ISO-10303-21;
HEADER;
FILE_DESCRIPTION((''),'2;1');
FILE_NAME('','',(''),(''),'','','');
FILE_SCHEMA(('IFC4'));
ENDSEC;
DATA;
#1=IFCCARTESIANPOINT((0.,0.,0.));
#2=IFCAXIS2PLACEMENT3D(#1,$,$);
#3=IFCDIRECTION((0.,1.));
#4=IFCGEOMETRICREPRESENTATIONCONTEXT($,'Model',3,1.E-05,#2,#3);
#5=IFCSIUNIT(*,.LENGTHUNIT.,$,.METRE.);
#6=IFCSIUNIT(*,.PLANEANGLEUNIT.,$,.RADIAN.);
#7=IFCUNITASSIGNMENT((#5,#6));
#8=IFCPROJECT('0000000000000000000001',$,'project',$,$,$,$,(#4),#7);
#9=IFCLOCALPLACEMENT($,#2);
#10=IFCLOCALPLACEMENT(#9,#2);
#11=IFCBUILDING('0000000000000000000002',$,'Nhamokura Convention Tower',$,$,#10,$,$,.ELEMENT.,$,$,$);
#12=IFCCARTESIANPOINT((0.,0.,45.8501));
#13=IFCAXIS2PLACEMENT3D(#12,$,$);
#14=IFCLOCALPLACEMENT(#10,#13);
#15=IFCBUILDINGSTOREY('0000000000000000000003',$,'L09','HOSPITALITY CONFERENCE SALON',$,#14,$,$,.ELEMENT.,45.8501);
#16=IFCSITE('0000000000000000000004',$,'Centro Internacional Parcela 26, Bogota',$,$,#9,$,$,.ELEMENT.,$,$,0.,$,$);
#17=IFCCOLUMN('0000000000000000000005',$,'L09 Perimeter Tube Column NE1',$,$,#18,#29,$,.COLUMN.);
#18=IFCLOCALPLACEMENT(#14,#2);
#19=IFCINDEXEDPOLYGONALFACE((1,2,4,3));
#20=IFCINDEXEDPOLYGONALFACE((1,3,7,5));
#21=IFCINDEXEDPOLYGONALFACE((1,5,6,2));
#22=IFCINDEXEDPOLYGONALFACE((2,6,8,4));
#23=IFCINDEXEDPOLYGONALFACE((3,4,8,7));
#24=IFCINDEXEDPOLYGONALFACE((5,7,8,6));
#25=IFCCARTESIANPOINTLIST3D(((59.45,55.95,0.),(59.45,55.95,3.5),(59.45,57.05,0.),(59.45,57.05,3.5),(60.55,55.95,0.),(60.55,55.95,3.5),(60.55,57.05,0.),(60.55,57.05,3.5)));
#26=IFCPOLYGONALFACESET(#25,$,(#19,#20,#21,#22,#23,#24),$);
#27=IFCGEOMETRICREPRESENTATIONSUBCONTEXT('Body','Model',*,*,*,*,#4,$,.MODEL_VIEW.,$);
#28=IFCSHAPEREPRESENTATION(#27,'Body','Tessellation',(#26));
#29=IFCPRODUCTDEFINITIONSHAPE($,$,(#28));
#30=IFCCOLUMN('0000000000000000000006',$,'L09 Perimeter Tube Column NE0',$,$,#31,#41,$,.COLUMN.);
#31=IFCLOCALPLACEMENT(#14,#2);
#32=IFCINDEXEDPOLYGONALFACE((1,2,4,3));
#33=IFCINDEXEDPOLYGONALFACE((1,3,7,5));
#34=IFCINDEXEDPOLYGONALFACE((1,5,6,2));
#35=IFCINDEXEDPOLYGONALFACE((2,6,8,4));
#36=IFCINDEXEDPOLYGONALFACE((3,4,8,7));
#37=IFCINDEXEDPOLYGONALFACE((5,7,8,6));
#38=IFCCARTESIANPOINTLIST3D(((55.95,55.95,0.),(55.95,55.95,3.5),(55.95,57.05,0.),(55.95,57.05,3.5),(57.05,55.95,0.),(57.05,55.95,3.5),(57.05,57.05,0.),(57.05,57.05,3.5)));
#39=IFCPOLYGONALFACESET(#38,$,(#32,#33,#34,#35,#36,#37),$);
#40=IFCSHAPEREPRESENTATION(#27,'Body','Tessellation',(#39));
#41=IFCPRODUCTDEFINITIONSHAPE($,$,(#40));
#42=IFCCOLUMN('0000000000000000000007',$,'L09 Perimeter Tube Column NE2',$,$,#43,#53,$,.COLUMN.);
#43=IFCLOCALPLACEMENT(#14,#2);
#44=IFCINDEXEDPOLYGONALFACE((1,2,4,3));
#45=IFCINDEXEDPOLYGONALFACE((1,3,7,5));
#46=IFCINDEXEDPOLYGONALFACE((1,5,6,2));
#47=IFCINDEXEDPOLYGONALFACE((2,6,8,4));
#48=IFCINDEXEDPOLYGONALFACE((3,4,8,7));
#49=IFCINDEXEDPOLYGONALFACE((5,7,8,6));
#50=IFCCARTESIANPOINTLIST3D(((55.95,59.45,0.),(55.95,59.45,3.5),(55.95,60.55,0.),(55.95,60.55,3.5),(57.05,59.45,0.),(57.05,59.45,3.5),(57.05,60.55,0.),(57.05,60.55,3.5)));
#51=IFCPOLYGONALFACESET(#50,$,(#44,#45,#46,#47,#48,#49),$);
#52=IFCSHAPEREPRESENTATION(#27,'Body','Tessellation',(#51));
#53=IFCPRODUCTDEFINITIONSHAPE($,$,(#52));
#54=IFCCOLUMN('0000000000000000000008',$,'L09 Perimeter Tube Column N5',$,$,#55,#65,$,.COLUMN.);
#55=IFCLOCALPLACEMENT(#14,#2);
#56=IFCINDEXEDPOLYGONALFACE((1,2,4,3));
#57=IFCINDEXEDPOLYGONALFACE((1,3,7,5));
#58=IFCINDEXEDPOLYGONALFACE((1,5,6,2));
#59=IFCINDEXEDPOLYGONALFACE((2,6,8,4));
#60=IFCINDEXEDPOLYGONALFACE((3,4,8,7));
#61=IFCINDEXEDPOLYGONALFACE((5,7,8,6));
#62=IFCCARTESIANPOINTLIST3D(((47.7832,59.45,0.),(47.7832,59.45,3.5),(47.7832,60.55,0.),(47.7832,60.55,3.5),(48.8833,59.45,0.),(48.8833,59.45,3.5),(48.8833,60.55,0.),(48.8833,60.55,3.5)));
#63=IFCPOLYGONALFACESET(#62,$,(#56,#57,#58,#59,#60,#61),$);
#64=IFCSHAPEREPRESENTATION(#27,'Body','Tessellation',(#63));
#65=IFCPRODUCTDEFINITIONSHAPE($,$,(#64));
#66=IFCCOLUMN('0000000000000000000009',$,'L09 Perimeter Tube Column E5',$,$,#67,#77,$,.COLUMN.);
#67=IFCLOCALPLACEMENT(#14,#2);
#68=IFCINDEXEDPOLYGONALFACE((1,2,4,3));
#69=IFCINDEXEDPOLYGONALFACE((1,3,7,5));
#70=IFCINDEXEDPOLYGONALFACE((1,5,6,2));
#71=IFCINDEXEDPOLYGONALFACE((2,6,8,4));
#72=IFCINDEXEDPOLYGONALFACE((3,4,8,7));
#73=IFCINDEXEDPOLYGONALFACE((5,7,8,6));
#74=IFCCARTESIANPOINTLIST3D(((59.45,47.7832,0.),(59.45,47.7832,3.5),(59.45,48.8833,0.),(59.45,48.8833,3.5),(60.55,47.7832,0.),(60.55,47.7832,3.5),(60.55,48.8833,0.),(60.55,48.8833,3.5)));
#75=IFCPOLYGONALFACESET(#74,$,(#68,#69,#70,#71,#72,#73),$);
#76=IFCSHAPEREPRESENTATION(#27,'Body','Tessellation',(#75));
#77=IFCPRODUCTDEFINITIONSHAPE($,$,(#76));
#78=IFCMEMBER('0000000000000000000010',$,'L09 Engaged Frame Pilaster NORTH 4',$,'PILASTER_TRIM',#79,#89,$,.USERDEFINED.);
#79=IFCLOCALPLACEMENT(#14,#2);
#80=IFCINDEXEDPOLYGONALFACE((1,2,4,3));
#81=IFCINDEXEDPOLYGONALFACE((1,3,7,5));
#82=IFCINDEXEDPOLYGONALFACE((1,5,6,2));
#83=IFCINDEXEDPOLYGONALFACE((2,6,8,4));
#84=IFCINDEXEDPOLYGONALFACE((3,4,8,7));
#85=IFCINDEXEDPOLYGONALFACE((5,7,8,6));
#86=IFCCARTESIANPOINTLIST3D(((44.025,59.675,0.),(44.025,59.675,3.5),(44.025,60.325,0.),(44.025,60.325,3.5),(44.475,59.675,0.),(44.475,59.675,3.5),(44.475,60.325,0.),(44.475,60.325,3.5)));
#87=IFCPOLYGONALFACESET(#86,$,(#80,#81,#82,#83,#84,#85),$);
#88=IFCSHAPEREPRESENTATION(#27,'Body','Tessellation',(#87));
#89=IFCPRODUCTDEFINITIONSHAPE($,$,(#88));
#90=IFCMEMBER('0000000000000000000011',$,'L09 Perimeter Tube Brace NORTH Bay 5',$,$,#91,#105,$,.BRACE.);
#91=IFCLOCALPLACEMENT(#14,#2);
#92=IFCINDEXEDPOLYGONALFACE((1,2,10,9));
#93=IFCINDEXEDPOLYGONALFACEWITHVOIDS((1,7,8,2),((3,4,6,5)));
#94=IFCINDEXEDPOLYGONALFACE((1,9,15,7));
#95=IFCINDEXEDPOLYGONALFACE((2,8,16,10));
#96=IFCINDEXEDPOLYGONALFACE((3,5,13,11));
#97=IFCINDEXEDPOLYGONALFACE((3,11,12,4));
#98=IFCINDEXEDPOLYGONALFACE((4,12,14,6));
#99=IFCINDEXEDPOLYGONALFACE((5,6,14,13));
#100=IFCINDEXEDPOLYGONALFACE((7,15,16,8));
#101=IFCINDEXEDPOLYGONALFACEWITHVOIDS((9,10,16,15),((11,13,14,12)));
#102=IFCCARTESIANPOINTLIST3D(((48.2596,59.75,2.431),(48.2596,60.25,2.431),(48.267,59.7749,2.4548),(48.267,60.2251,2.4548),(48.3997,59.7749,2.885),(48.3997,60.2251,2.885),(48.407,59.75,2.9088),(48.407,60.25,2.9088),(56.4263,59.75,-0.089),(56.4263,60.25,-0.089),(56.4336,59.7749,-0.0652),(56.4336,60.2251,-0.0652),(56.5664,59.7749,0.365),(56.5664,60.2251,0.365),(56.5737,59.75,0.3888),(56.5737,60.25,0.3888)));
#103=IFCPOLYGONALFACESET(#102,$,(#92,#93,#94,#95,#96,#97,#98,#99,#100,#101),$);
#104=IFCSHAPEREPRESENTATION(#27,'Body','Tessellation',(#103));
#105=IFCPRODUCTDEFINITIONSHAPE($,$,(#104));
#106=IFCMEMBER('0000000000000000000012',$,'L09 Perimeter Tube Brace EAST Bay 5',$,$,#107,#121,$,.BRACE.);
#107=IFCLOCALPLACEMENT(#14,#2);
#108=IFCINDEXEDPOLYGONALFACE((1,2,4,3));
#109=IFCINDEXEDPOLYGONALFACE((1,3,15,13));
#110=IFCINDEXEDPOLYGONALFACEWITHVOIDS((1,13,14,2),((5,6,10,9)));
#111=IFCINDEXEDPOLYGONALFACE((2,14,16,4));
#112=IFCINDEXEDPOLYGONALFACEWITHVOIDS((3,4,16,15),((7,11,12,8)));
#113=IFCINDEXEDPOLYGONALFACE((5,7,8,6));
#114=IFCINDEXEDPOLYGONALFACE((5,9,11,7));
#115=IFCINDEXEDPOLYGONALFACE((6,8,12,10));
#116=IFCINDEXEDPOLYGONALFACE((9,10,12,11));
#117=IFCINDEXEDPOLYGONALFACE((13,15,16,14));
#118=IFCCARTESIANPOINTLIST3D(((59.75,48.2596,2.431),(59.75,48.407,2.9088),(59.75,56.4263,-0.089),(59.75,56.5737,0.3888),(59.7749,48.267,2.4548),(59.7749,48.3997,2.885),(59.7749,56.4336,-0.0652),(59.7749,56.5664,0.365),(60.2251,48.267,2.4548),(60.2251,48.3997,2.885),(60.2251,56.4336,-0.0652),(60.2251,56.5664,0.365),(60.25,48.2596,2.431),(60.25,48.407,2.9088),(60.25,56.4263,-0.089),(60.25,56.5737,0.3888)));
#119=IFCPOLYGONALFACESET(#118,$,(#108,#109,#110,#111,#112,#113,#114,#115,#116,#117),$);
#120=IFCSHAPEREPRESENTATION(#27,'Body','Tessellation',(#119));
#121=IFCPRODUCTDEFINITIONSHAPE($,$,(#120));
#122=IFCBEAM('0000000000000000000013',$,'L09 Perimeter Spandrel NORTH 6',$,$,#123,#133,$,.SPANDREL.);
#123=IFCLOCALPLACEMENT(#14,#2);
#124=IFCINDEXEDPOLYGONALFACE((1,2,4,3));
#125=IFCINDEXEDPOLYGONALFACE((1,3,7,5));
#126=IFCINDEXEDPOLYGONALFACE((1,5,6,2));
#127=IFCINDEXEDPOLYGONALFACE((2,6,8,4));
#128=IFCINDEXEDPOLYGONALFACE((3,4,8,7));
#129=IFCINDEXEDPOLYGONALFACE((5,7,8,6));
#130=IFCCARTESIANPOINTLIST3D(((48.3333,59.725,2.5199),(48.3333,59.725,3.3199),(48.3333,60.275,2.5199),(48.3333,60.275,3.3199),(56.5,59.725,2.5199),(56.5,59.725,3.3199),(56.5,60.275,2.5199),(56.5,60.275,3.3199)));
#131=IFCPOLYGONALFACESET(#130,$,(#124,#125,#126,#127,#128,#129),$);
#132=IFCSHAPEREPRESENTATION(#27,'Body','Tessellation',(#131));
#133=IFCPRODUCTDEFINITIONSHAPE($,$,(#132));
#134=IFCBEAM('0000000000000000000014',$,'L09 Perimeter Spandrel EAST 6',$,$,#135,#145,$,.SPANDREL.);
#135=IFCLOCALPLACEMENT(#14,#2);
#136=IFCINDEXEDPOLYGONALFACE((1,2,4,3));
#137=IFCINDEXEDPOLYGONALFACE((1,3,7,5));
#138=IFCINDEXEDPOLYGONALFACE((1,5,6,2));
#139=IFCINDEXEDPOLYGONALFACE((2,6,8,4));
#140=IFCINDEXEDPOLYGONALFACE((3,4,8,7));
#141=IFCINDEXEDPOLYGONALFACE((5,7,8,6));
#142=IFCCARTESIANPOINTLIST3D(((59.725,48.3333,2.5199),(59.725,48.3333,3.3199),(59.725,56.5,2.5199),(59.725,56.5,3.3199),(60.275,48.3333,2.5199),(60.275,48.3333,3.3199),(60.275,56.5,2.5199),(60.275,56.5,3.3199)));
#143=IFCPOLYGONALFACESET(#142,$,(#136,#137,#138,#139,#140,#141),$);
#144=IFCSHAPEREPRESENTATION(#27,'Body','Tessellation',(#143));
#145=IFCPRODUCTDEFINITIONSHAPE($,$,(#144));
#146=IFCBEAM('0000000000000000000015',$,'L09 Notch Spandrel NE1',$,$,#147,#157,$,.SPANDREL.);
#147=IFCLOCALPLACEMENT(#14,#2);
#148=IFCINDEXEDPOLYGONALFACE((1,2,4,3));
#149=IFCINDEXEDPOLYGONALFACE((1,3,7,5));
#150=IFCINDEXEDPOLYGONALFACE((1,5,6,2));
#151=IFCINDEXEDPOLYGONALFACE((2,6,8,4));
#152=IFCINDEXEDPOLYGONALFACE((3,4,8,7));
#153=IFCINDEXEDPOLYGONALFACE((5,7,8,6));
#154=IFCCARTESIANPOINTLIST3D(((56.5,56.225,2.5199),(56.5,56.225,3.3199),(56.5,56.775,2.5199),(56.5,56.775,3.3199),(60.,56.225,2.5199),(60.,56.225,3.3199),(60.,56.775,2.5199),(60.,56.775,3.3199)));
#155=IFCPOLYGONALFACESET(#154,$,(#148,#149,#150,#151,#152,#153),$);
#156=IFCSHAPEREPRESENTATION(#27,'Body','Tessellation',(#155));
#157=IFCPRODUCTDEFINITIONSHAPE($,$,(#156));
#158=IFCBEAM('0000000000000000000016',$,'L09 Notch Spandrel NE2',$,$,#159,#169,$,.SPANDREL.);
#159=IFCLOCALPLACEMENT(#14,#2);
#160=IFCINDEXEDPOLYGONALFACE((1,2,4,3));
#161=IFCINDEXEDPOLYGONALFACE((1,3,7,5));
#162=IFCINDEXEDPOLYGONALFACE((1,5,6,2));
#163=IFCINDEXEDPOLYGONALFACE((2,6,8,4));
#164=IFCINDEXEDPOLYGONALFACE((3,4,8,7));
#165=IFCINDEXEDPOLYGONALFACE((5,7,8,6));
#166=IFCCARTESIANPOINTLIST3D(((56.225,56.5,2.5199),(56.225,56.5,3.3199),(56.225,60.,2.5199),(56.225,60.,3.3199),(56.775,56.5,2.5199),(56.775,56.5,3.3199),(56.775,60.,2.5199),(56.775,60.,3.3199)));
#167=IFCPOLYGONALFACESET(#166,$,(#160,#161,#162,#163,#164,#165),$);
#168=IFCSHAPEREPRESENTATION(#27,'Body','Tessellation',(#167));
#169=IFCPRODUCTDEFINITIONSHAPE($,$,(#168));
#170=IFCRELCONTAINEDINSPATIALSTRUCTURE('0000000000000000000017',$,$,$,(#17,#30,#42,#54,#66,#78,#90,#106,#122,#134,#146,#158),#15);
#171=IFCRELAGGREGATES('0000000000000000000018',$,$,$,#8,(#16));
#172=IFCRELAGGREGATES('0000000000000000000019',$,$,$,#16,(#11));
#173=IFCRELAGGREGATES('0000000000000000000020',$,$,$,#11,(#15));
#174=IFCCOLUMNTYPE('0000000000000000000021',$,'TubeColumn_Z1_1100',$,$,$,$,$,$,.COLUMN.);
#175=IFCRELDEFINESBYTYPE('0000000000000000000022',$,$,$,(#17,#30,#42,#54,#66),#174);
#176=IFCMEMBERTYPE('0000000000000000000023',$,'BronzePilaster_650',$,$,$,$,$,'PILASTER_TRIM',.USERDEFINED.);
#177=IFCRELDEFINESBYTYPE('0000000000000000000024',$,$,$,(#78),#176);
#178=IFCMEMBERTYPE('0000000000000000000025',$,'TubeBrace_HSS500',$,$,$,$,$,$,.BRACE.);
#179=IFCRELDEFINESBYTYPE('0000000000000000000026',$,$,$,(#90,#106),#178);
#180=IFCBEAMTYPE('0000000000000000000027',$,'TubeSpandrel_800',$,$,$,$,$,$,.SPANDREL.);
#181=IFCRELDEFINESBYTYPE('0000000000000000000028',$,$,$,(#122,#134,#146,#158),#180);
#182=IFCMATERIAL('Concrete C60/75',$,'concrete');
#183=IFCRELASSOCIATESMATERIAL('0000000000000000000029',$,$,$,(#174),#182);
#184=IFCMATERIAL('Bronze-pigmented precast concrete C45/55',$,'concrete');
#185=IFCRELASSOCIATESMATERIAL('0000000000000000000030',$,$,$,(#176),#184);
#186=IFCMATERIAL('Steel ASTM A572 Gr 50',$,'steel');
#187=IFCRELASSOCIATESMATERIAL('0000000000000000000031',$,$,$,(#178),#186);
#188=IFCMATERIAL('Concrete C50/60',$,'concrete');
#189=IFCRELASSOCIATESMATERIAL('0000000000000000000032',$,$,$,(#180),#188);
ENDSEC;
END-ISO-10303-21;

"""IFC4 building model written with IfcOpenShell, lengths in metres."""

from ifc_helpers import new_model, si_unit, direction, frame, origin, origin_2d, place, context, subcontext, project, spatial, rectangle, hollow_rectangle, extrude, material, material_profile, profile_set, type_object, element, save


model = new_model("IFC4")

# Units and contexts
model_context = context("Model", 3, precision=1e-05, world=origin(), true_north=direction((0.0, 1.0)))
body_context = subcontext(model_context, "Body", "Model", "MODEL_VIEW")
ifc_project = project(units=[si_unit("LENGTHUNIT", "METRE"), si_unit("PLANEANGLEUNIT", "RADIAN")], contexts=[model_context])

# Site, building, storey
site_placement = place(None, origin())
site = spatial("IfcSite", under=ifc_project, at=site_placement, Name="Centro Internacional Parcela 26, Bogota", CompositionType="ELEMENT", RefElevation=0.0)
building_placement = place(site_placement, origin())
building = spatial("IfcBuilding", under=site, at=building_placement, Name="Nhamokura Convention Tower", CompositionType="ELEMENT")
storey_placement = place(building_placement, frame((0.0, 0.0, 45.8501)))
storey = spatial("IfcBuildingStorey", under=building, at=storey_placement, Name="L09", Description="HOSPITALITY CONFERENCE SALON", CompositionType="ELEMENT", Elevation=45.8501)

# Columns
ifc_material_1 = material(Name="Concrete C60/75", Category="concrete")
ifc_material_profile_1 = material_profile(ifc_material_1, rectangle(XDim=1.1001, YDim=1.1001, at=origin_2d()))
ifc_profile_set_1 = profile_set([ifc_material_profile_1], Name="Concrete C60/75")
column_type = type_object("IfcColumnType", Name="TubeColumn_Z1_1100", PredefinedType="COLUMN", material=ifc_profile_set_1)
for number, where, z_axis, x_axis, name in (
    (1, (60.0, 56.5, 0.0), (0.0, 0.0, 1.0), (1.0, 0.0, 0.0), "L09 Perimeter Tube Column NE1"),
    (2, (56.5, 56.5, 0.0), (0.0, 0.0, 1.0), (1.0, 0.0, 0.0), "L09 Perimeter Tube Column NE0"),
    (3, (56.5, 60.0, 0.0), (0.0, 0.0, 1.0), (1.0, 0.0, 0.0), "L09 Perimeter Tube Column NE2"),
    (4, (48.3333, 60.0, 0.0), (0.0, 0.0, 1.0), (1.0, 0.0, 0.0), "L09 Perimeter Tube Column N5"),
    (5, (60.0, 48.3333, 0.0), (0.0, 0.0, 1.0), (1.0, 0.0, 0.0), "L09 Perimeter Tube Column E5"),
):
    element("IfcColumn", number, at=place(storey_placement, frame(where, z_axis=z_axis, x_axis=x_axis)), inside=storey, type_object=column_type, Name=name, PredefinedType="COLUMN", context=body_context, shape_type="SweptSolid", body=[
        extrude(rectangle(XDim=1.1001, YDim=1.1001, at=origin_2d()), origin(), (0.0, 0.0, 1.0), 3.5),
    ])

# Members
ifc_material_2 = material(Name="Bronze-pigmented precast concrete C45/55", Category="concrete")
ifc_material_profile_2 = material_profile(ifc_material_2, rectangle(XDim=0.45, YDim=0.6499, at=origin_2d()))
ifc_profile_set_2 = profile_set([ifc_material_profile_2], Name="Bronze-pigmented precast concrete C45/55")
member_type_1 = type_object("IfcMemberType", Name="BronzePilaster_650", ElementType="PILASTER_TRIM", PredefinedType="USERDEFINED", material=ifc_profile_set_2)
member_placement = place(storey_placement, frame((44.25, 60.0, 0.0), z_axis=(0.0, 0.0, 1.0), x_axis=(1.0, 0.0, 0.0)))
element("IfcMember", 6, at=member_placement, inside=storey, type_object=member_type_1, Name="L09 Engaged Frame Pilaster NORTH 4", ObjectType="PILASTER_TRIM", PredefinedType="USERDEFINED", context=body_context, shape_type="SweptSolid", body=[
    extrude(rectangle(XDim=0.45, YDim=0.6499, at=origin_2d()), origin(), (0.0, 0.0, 1.0), 3.5),
])
ifc_material_3 = material(Name="Steel ASTM A572 Gr 50", Category="steel")
ifc_material_profile_3 = material_profile(ifc_material_3, hollow_rectangle(XDim=0.5, YDim=0.5, WallThickness=0.0249, at=origin_2d()))
ifc_profile_set_3 = profile_set([ifc_material_profile_3], Name="Steel ASTM A572 Gr 50")
member_type_2 = type_object("IfcMemberType", Name="TubeBrace_HSS500", PredefinedType="BRACE", material=ifc_profile_set_3)
for number, where, z_axis, x_axis, name in (
    (7, (56.5, 60.0, 0.1499), (-0.955543, 0.0, 0.294853), (0.0, -1.0, 0.0), "L09 Perimeter Tube Brace NORTH Bay 5"),
    (8, (60.0, 56.5, 0.1499), (0.0, -0.955543, 0.294853), (1.0, 0.0, 0.0), "L09 Perimeter Tube Brace EAST Bay 5"),
):
    element("IfcMember", number, at=place(storey_placement, frame(where, z_axis=z_axis, x_axis=x_axis)), inside=storey, type_object=member_type_2, Name=name, PredefinedType="BRACE", context=body_context, shape_type="SweptSolid", body=[
        extrude(hollow_rectangle(XDim=0.5, YDim=0.5, WallThickness=0.0249, at=origin_2d()), origin(), (0.0, 0.0, 1.0), 8.5466),
    ])

# Beams
ifc_material_4 = material(Name="Concrete C50/60", Category="concrete")
ifc_material_profile_4 = material_profile(ifc_material_4, rectangle(XDim=0.55, YDim=0.8, at=origin_2d()))
ifc_profile_set_4 = profile_set([ifc_material_profile_4], Name="Concrete C50/60")
beam_type = type_object("IfcBeamType", Name="TubeSpandrel_800", PredefinedType="SPANDREL", material=ifc_profile_set_4)
for number, where, z_axis, x_axis, name in (
    (9, (48.3333, 60.0, 2.9199), (1.0, 0.0, 0.0), (0.0, 1.0, 0.0), "L09 Perimeter Spandrel NORTH 6"),
    (10, (60.0, 48.3333, 2.9199), (0.0, 1.0, 0.0), (-1.0, 0.0, 0.0), "L09 Perimeter Spandrel EAST 6"),
):
    element("IfcBeam", number, at=place(storey_placement, frame(where, z_axis=z_axis, x_axis=x_axis)), inside=storey, type_object=beam_type, Name=name, PredefinedType="SPANDREL", context=body_context, shape_type="SweptSolid", body=[
        extrude(rectangle(XDim=0.55, YDim=0.8, at=origin_2d()), origin(), (0.0, 0.0, 1.0), 8.1667),
    ])
for number, where, z_axis, x_axis, name in (
    (11, (60.0, 56.5, 2.9199), (-1.0, 0.0, 0.0), (0.0, -1.0, 0.0), "L09 Notch Spandrel NE1"),
    (12, (56.5, 56.5, 2.9199), (0.0, 1.0, 0.0), (-1.0, 0.0, 0.0), "L09 Notch Spandrel NE2"),
):
    element("IfcBeam", number, at=place(storey_placement, frame(where, z_axis=z_axis, x_axis=x_axis)), inside=storey, type_object=beam_type, Name=name, PredefinedType="SPANDREL", context=body_context, shape_type="SweptSolid", body=[
        extrude(rectangle(XDim=0.55, YDim=0.8, at=origin_2d()), origin(), (0.0, 0.0, 1.0), 3.5),
    ])

save(model, "model.ifc")
